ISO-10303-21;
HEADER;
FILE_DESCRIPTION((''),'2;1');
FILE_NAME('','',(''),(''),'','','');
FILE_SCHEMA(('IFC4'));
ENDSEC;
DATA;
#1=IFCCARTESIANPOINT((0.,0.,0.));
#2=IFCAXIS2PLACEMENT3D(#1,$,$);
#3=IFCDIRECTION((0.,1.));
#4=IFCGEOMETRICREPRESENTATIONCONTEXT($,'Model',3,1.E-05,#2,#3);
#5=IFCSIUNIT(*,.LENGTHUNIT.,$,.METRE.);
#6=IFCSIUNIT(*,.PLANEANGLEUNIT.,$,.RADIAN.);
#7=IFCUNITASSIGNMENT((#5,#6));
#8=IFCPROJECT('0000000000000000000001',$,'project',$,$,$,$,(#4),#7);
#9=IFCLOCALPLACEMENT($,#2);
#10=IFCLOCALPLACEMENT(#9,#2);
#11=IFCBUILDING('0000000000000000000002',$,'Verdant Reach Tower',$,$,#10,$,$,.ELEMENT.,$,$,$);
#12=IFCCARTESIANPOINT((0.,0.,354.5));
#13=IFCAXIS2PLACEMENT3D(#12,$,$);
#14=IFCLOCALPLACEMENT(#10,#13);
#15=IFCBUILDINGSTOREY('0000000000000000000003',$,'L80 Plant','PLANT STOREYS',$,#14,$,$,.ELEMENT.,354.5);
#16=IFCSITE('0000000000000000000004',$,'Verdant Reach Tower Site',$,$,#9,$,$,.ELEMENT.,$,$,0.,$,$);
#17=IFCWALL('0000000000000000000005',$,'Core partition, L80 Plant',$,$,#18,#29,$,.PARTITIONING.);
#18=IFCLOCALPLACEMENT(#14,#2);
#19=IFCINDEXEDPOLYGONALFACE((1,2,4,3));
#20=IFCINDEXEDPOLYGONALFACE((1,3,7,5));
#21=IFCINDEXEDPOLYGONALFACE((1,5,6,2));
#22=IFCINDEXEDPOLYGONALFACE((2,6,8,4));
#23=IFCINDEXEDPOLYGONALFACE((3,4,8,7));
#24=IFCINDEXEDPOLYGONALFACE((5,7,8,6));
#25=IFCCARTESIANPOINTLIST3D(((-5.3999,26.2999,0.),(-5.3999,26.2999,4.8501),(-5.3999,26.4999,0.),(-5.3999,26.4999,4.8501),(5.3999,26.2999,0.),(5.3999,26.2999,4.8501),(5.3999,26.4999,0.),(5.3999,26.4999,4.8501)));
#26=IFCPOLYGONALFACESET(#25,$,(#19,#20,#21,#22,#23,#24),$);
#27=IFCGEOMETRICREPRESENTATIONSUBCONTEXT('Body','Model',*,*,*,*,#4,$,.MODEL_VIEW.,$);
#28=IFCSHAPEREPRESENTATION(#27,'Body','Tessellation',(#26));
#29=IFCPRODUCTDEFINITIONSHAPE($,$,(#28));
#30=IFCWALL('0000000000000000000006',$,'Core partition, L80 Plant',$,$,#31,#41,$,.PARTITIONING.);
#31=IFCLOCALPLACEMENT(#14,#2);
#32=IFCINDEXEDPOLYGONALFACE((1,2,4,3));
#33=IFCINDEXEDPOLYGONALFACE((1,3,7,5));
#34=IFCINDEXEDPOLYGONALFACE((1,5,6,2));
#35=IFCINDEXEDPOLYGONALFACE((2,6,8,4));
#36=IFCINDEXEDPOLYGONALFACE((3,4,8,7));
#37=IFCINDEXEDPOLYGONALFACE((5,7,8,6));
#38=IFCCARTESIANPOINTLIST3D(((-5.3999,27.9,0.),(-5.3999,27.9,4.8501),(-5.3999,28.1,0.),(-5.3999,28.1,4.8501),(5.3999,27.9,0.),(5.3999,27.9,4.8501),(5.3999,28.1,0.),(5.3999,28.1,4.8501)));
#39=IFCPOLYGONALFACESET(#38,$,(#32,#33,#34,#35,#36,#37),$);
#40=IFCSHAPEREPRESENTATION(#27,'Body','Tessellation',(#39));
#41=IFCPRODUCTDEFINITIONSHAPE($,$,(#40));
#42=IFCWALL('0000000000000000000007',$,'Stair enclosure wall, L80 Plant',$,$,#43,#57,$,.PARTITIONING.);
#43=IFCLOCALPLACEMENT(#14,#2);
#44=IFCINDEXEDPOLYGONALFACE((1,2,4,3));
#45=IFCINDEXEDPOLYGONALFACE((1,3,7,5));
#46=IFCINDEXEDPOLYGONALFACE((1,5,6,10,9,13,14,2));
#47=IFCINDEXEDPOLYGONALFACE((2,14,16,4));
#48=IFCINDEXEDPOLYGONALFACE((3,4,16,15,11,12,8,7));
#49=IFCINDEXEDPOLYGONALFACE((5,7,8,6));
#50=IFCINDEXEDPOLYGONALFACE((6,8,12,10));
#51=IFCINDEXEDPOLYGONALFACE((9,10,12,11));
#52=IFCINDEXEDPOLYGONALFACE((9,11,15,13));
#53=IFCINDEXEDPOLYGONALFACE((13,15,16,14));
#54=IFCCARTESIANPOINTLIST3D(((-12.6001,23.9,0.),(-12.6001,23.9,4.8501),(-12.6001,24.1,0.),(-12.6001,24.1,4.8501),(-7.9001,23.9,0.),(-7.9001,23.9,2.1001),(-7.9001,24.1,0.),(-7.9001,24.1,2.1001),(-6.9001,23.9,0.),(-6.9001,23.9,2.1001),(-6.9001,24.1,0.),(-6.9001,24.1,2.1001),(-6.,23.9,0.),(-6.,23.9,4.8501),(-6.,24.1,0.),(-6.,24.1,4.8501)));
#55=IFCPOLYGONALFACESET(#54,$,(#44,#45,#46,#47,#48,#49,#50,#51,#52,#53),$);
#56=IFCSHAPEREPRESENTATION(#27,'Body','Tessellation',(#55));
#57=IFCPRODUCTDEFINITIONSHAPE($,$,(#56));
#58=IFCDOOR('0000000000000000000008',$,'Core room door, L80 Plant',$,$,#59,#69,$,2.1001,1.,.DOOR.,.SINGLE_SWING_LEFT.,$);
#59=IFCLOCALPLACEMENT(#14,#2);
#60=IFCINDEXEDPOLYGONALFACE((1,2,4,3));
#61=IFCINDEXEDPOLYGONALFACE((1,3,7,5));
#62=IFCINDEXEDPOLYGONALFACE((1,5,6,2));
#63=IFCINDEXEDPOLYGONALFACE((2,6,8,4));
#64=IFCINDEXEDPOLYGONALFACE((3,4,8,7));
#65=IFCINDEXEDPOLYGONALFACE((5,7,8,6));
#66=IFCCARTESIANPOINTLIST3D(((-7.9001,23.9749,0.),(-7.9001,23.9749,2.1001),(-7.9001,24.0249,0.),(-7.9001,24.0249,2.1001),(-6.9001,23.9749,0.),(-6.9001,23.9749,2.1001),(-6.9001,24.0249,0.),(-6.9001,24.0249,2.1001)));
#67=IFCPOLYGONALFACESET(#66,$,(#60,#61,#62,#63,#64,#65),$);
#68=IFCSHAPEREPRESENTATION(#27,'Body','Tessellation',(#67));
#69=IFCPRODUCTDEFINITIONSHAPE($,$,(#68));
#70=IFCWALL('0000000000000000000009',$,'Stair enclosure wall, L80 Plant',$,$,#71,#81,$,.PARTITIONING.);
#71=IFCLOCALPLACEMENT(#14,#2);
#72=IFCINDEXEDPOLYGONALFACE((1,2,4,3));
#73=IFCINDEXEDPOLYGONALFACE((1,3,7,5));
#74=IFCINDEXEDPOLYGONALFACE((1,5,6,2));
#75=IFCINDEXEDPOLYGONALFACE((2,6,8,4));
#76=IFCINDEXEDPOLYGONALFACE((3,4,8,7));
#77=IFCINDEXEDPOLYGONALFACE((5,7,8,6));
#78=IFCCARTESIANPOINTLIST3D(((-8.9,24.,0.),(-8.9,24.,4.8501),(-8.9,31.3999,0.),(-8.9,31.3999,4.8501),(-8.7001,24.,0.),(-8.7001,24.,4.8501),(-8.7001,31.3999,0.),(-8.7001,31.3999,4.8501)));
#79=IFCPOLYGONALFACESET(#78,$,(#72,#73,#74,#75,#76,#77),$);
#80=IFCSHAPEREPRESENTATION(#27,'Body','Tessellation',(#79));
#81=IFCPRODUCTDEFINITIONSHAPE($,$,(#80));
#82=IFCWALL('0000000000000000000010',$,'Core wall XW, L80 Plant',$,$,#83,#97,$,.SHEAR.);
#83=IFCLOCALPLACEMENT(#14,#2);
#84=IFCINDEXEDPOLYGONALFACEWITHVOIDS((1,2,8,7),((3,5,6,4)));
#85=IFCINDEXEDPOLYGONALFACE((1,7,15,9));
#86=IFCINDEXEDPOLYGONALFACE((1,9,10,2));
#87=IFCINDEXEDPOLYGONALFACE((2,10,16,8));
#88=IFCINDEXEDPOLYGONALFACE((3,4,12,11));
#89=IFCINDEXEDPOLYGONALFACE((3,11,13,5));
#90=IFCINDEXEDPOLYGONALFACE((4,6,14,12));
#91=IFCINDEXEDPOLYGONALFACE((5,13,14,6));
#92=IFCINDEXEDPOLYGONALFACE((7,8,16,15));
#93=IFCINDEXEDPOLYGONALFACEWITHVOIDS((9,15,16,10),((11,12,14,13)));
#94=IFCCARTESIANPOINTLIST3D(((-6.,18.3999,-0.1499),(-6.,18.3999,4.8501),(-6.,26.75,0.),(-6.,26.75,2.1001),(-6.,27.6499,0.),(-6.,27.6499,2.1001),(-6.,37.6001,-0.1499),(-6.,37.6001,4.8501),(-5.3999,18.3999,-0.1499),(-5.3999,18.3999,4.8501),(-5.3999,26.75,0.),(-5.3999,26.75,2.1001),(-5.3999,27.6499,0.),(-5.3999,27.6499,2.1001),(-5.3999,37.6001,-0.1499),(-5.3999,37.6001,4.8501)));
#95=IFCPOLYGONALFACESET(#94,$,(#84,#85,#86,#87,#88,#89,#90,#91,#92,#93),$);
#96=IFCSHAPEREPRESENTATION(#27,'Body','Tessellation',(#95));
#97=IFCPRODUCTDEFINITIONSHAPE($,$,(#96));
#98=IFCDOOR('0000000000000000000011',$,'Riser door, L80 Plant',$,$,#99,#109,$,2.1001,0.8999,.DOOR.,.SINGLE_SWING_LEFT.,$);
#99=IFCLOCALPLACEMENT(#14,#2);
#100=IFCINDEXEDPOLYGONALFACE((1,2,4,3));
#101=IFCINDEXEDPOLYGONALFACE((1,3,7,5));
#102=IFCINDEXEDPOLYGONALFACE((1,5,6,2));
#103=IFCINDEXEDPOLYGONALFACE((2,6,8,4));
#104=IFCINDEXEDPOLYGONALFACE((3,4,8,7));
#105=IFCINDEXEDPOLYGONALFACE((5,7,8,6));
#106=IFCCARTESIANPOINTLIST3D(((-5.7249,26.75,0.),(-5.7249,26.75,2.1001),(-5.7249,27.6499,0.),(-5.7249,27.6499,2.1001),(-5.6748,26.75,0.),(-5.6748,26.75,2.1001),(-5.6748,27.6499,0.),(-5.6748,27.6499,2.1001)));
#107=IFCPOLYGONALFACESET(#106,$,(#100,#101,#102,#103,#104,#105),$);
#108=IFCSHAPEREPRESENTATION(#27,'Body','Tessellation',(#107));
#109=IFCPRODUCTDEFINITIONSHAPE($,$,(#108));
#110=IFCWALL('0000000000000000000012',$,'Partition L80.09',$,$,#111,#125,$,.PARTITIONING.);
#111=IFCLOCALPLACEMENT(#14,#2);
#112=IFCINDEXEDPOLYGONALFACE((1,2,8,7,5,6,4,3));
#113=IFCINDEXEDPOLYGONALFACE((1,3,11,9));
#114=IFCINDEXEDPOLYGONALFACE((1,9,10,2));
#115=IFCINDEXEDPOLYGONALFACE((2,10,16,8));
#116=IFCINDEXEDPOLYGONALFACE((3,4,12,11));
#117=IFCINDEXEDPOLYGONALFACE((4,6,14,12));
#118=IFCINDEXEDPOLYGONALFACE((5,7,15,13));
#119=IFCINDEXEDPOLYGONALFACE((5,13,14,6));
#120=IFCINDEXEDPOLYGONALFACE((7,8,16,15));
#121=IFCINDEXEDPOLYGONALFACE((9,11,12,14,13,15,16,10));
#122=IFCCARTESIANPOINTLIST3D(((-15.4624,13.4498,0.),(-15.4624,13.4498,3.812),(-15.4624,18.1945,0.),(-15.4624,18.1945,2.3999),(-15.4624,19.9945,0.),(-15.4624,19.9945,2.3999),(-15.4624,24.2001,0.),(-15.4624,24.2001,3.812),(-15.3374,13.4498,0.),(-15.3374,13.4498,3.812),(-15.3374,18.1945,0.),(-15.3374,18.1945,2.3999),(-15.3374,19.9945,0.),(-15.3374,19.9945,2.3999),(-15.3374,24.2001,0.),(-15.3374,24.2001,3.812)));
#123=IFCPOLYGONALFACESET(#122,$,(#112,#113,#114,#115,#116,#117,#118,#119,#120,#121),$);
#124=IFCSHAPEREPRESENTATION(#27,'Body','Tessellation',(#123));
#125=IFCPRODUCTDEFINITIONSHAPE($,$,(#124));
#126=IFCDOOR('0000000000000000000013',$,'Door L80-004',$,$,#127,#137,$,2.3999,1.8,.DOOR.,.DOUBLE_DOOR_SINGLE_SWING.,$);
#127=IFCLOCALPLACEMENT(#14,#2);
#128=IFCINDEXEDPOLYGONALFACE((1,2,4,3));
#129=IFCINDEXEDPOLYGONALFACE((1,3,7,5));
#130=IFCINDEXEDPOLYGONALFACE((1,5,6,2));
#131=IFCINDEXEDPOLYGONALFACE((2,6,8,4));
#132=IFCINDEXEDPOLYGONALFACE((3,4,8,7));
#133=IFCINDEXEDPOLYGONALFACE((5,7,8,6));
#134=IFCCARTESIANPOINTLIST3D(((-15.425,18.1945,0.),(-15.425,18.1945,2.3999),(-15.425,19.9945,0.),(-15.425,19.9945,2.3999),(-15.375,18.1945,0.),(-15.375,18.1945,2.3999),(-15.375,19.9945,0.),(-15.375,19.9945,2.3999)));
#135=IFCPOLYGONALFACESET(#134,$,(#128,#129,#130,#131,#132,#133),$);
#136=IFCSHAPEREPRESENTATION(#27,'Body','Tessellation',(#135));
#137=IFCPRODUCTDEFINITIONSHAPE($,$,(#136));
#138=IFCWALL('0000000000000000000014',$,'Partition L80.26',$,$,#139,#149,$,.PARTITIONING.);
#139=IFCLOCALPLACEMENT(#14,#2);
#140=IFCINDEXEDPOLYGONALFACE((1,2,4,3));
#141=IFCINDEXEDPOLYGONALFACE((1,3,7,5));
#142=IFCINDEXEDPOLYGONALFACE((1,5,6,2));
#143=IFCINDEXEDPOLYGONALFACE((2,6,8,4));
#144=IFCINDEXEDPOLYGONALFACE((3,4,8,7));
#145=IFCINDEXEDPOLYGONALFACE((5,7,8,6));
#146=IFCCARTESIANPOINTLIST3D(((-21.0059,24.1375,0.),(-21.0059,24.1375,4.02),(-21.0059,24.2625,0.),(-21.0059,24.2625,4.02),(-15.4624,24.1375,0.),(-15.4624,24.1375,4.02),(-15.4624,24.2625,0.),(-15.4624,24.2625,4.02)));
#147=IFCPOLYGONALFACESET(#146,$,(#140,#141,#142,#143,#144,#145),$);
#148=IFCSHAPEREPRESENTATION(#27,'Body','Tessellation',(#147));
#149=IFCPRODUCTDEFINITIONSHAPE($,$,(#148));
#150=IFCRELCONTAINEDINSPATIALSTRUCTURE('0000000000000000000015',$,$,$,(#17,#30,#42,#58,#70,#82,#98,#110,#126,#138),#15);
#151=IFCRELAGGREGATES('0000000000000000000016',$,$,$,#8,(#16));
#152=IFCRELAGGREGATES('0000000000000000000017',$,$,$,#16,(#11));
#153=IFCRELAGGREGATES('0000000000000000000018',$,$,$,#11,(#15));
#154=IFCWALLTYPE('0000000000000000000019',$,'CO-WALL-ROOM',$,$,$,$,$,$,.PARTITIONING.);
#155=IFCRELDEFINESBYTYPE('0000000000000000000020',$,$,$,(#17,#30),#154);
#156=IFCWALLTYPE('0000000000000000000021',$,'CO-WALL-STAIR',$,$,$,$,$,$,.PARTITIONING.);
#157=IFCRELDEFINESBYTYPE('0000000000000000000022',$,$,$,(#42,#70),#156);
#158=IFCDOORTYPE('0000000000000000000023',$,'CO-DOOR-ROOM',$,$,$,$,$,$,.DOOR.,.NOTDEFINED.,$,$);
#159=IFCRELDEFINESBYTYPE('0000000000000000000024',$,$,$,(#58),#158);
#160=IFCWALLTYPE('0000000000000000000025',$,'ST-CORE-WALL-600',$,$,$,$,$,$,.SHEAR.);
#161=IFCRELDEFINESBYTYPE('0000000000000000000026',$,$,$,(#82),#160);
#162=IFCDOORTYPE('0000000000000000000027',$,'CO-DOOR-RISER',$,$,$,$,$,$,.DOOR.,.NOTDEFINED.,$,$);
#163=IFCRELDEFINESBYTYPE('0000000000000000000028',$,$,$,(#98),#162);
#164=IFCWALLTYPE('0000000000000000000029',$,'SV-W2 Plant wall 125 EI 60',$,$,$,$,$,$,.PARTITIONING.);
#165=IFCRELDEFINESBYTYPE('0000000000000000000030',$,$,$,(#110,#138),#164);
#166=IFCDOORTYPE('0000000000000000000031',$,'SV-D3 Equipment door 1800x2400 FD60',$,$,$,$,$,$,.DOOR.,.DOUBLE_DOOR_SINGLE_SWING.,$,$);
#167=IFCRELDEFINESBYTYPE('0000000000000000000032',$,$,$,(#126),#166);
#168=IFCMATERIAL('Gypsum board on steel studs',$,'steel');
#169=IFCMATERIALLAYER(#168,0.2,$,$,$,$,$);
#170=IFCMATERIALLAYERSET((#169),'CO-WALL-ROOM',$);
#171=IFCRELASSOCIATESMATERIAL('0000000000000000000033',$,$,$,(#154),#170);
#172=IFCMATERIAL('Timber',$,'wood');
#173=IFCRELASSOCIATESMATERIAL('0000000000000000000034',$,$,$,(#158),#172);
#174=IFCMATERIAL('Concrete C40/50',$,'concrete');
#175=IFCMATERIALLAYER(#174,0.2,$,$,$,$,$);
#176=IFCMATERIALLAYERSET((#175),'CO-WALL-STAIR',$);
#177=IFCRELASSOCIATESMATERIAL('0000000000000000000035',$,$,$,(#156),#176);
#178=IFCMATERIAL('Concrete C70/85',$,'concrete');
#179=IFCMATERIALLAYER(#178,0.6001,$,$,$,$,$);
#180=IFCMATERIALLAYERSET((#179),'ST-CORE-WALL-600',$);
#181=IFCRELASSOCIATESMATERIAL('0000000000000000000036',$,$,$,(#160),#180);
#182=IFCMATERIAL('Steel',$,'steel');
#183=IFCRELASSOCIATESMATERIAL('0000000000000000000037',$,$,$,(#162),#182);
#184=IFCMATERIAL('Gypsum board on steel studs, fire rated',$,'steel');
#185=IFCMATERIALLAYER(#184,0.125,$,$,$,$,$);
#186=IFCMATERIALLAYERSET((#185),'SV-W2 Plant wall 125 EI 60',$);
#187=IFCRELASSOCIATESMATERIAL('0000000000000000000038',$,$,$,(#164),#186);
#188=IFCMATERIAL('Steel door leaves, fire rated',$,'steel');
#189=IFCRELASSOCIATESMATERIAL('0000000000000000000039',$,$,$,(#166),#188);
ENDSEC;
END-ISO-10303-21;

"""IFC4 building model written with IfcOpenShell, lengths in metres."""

from ifc_helpers import new_model, si_unit, direction, frame, frame_2d, origin, place, context, subcontext, project, spatial, rectangle, extrude, material, layer, layer_set, type_object, element, fill, save


model = new_model("IFC4")

# Units and contexts
model_context = context("Model", 3, precision=1e-05, world=origin(), true_north=direction((0.0, 1.0)))
body_context = subcontext(model_context, "Body", "Model", "MODEL_VIEW")
ifc_project = project(units=[si_unit("LENGTHUNIT", "METRE"), si_unit("PLANEANGLEUNIT", "RADIAN")], contexts=[model_context])

# Site, building, storey
site_placement = place(None, origin())
site = spatial("IfcSite", under=ifc_project, at=site_placement, Name="Verdant Reach Tower Site", CompositionType="ELEMENT", RefElevation=0.0)
building_placement = place(site_placement, origin())
building = spatial("IfcBuilding", under=site, at=building_placement, Name="Verdant Reach Tower", CompositionType="ELEMENT")
storey_placement = place(building_placement, frame((0.0, 0.0, 354.5)))
storey = spatial("IfcBuildingStorey", under=building, at=storey_placement, Name="L80 Plant", Description="PLANT STOREYS", CompositionType="ELEMENT", Elevation=354.5)

# Shared definitions
ifc_material_1 = material(Name="Gypsum board on steel studs", Category="steel")
ifc_layer_1 = layer(ifc_material_1, 0.2)
ifc_layer_set_1 = layer_set([ifc_layer_1], Name="CO-WALL-ROOM")
wall_type_1 = type_object("IfcWallType", Name="CO-WALL-ROOM", PredefinedType="PARTITIONING", material=ifc_layer_set_1)
ifc_material_2 = material(Name="Timber", Category="wood")
door_type_1 = type_object("IfcDoorType", Name="CO-DOOR-ROOM", OperationType="NOTDEFINED", PredefinedType="DOOR", material=ifc_material_2)

# Walls
for number, where, z_axis, x_axis, name in (
    (1, (-5.3999, 26.3999, 0.0), (0.0, 0.0, 1.0), (1.0, 0.0, 0.0), "Core partition, L80 Plant"),
    (2, (-5.3999, 28.0, 0.0), (0.0, 0.0, 1.0), (1.0, 0.0, 0.0), "Core partition, L80 Plant"),
):
    element("IfcWall", number, at=place(storey_placement, frame(where, z_axis=z_axis, x_axis=x_axis)), inside=storey, type_object=wall_type_1, Name=name, PredefinedType="PARTITIONING", context=body_context, shape_type="SweptSolid", body=[
        extrude(rectangle(XDim=10.7998, YDim=0.2, at=frame_2d((5.3999, 0.0))), origin(), (0.0, 0.0, 1.0), 4.8501),
    ])

# Wall, opening, door
ifc_material_3 = material(Name="Concrete C40/50", Category="concrete")
ifc_layer_2 = layer(ifc_material_3, 0.2)
ifc_layer_set_2 = layer_set([ifc_layer_2], Name="CO-WALL-STAIR")
wall_type_2 = type_object("IfcWallType", Name="CO-WALL-STAIR", PredefinedType="PARTITIONING", material=ifc_layer_set_2)
wall_1_placement = place(storey_placement, frame((-12.6001, 24.0, 0.0), z_axis=(0.0, 0.0, 1.0), x_axis=(1.0, 0.0, 0.0)))
wall_1 = element("IfcWall", 3, at=wall_1_placement, inside=storey, type_object=wall_type_2, Name="Stair enclosure wall, L80 Plant", PredefinedType="PARTITIONING", context=body_context, shape_type="SweptSolid", body=[
    extrude(rectangle(XDim=6.6001, YDim=0.2, at=frame_2d((3.3, 0.0))), origin(), (0.0, 0.0, 1.0), 4.8501),
])
opening_1_placement = place(wall_1_placement, frame((4.7, 0.0, 0.0)))
opening_1 = element("IfcOpeningElement", 4, at=opening_1_placement, cuts=wall_1, PredefinedType="OPENING", context=body_context, shape_type="SweptSolid", body=[
    extrude(rectangle(XDim=1.0, YDim=2.1001, at=frame_2d((0.5, 1.05))), frame((0.0, 0.1099, 0.0), z_axis=(0.0, -1.0, 0.0), x_axis=(1.0, 0.0, 0.0)), (0.0, 0.0, 1.0), 0.22),
])
door_1_placement = place(opening_1_placement, origin())
door_1 = element("IfcDoor", 5, at=door_1_placement, inside=storey, type_object=door_type_1, Name="Core room door, L80 Plant", OperationType="SINGLE_SWING_LEFT", OverallHeight=2.1001, OverallWidth=1.0, PredefinedType="DOOR", context=body_context, shape_type="SweptSolid", body=[
    extrude(rectangle(XDim=1.0, YDim=2.1001, at=frame_2d((0.5, 1.05))), frame((0.0, 0.0249, 0.0), z_axis=(0.0, -1.0, 0.0), x_axis=(1.0, 0.0, 0.0)), (0.0, 0.0, 1.0), 0.05),
])
fill(opening_1, door_1)

# Wall
wall_2_placement = place(storey_placement, frame((-8.8, 24.0, 0.0), z_axis=(0.0, 0.0, 1.0), x_axis=(0.0, 1.0, 0.0)))
element("IfcWall", 6, at=wall_2_placement, inside=storey, type_object=wall_type_2, Name="Stair enclosure wall, L80 Plant", PredefinedType="PARTITIONING", context=body_context, shape_type="SweptSolid", body=[
    extrude(rectangle(XDim=7.3999, YDim=0.2, at=frame_2d((3.7, 0.0))), origin(), (0.0, 0.0, 1.0), 4.8501),
])

# Walls, openings, doors
ifc_material_4 = material(Name="Concrete C70/85", Category="concrete")
ifc_layer_3 = layer(ifc_material_4, 0.6001)
ifc_layer_set_3 = layer_set([ifc_layer_3], Name="ST-CORE-WALL-600")
wall_type_3 = type_object("IfcWallType", Name="ST-CORE-WALL-600", PredefinedType="SHEAR", material=ifc_layer_set_3)
wall_3_placement = place(storey_placement, frame((-5.7, 18.3999, -0.1499), z_axis=(0.0, 0.0, 1.0), x_axis=(0.0, 1.0, 0.0)))
wall_3 = element("IfcWall", 7, at=wall_3_placement, inside=storey, type_object=wall_type_3, Name="Core wall XW, L80 Plant", PredefinedType="SHEAR", context=body_context, shape_type="SweptSolid", body=[
    extrude(rectangle(XDim=19.2002, YDim=0.6001, at=frame_2d((9.6001, 0.0))), origin(), (0.0, 0.0, 1.0), 5.0),
])
opening_2_placement = place(wall_3_placement, frame((8.3501, 0.0, 0.1499)))
opening_2 = element("IfcOpeningElement", 8, at=opening_2_placement, cuts=wall_3, PredefinedType="OPENING", context=body_context, shape_type="SweptSolid", body=[
    extrude(rectangle(XDim=0.8999, YDim=2.1001, at=frame_2d((0.45, 1.05))), frame((0.0, 0.3101, 0.0), z_axis=(0.0, -1.0, 0.0), x_axis=(1.0, 0.0, 0.0)), (0.0, 0.0, 1.0), 0.6201),
])
ifc_material_5 = material(Name="Steel", Category="steel")
door_type_2 = type_object("IfcDoorType", Name="CO-DOOR-RISER", OperationType="NOTDEFINED", PredefinedType="DOOR", material=ifc_material_5)
door_2_placement = place(opening_2_placement, origin())
door_2 = element("IfcDoor", 9, at=door_2_placement, inside=storey, type_object=door_type_2, Name="Riser door, L80 Plant", OperationType="SINGLE_SWING_LEFT", OverallHeight=2.1001, OverallWidth=0.8999, PredefinedType="DOOR", context=body_context, shape_type="SweptSolid", body=[
    extrude(rectangle(XDim=0.8999, YDim=2.1001, at=frame_2d((0.45, 1.05))), frame((0.0, 0.0249, 0.0), z_axis=(0.0, -1.0, 0.0), x_axis=(1.0, 0.0, 0.0)), (0.0, 0.0, 1.0), 0.05),
])
fill(opening_2, door_2)
ifc_material_6 = material(Name="Gypsum board on steel studs, fire rated", Category="steel")
ifc_layer_4 = layer(ifc_material_6, 0.125)
ifc_layer_set_4 = layer_set([ifc_layer_4], Name="SV-W2 Plant wall 125 EI 60")
wall_type_4 = type_object("IfcWallType", Name="SV-W2 Plant wall 125 EI 60", PredefinedType="PARTITIONING", material=ifc_layer_set_4)
wall_4_placement = place(storey_placement, frame((-15.3999, 24.2, 0.0), z_axis=(0.0, 0.0, 1.0), x_axis=(0.0, -1.0, 0.0)))
wall_4 = element("IfcWall", 10, at=wall_4_placement, inside=storey, type_object=wall_type_4, Name="Partition L80.09", PredefinedType="PARTITIONING", context=body_context, shape_type="SweptSolid", body=[
    extrude(rectangle(XDim=10.7502, YDim=0.125, at=frame_2d((5.375, 0.0))), origin(), (0.0, 0.0, 1.0), 3.812),
])
opening_3_placement = place(wall_4_placement, frame((4.2056, 0.0, 0.0)))
opening_3 = element("IfcOpeningElement", 11, at=opening_3_placement, cuts=wall_4, PredefinedType="OPENING", context=body_context, shape_type="SweptSolid", body=[
    extrude(rectangle(XDim=1.8, YDim=2.3999, at=frame_2d((0.8999, 1.2))), frame((0.0, 0.0725, 0.0), z_axis=(0.0, -1.0, 0.0), x_axis=(1.0, 0.0, 0.0)), (0.0, 0.0, 1.0), 0.145),
])
ifc_material_7 = material(Name="Steel door leaves, fire rated", Category="steel")
door_type_3 = type_object("IfcDoorType", Name="SV-D3 Equipment door 1800x2400 FD60", OperationType="DOUBLE_DOOR_SINGLE_SWING", PredefinedType="DOOR", material=ifc_material_7)
door_3_placement = place(opening_3_placement, origin())
door_3 = element("IfcDoor", 12, at=door_3_placement, inside=storey, type_object=door_type_3, Name="Door L80-004", OperationType="DOUBLE_DOOR_SINGLE_SWING", OverallHeight=2.3999, OverallWidth=1.8, PredefinedType="DOOR", context=body_context, shape_type="SweptSolid", body=[
    extrude(rectangle(XDim=1.8, YDim=2.3999, at=frame_2d((0.8999, 1.2))), frame((0.0, 0.0249, 0.0), z_axis=(0.0, -1.0, 0.0), x_axis=(1.0, 0.0, 0.0)), (0.0, 0.0, 1.0), 0.05),
])
fill(opening_3, door_3)

# Wall
wall_5_placement = place(storey_placement, frame((-21.0059, 24.2, 0.0), z_axis=(0.0, 0.0, 1.0), x_axis=(1.0, 0.0, 0.0)))
element("IfcWall", 13, at=wall_5_placement, inside=storey, type_object=wall_type_4, Name="Partition L80.26", PredefinedType="PARTITIONING", context=body_context, shape_type="SweptSolid", body=[
    extrude(rectangle(XDim=5.5435, YDim=0.125, at=frame_2d((2.7717, 0.0))), origin(), (0.0, 0.0, 1.0), 4.02),
])

save(model, "model.ifc")
